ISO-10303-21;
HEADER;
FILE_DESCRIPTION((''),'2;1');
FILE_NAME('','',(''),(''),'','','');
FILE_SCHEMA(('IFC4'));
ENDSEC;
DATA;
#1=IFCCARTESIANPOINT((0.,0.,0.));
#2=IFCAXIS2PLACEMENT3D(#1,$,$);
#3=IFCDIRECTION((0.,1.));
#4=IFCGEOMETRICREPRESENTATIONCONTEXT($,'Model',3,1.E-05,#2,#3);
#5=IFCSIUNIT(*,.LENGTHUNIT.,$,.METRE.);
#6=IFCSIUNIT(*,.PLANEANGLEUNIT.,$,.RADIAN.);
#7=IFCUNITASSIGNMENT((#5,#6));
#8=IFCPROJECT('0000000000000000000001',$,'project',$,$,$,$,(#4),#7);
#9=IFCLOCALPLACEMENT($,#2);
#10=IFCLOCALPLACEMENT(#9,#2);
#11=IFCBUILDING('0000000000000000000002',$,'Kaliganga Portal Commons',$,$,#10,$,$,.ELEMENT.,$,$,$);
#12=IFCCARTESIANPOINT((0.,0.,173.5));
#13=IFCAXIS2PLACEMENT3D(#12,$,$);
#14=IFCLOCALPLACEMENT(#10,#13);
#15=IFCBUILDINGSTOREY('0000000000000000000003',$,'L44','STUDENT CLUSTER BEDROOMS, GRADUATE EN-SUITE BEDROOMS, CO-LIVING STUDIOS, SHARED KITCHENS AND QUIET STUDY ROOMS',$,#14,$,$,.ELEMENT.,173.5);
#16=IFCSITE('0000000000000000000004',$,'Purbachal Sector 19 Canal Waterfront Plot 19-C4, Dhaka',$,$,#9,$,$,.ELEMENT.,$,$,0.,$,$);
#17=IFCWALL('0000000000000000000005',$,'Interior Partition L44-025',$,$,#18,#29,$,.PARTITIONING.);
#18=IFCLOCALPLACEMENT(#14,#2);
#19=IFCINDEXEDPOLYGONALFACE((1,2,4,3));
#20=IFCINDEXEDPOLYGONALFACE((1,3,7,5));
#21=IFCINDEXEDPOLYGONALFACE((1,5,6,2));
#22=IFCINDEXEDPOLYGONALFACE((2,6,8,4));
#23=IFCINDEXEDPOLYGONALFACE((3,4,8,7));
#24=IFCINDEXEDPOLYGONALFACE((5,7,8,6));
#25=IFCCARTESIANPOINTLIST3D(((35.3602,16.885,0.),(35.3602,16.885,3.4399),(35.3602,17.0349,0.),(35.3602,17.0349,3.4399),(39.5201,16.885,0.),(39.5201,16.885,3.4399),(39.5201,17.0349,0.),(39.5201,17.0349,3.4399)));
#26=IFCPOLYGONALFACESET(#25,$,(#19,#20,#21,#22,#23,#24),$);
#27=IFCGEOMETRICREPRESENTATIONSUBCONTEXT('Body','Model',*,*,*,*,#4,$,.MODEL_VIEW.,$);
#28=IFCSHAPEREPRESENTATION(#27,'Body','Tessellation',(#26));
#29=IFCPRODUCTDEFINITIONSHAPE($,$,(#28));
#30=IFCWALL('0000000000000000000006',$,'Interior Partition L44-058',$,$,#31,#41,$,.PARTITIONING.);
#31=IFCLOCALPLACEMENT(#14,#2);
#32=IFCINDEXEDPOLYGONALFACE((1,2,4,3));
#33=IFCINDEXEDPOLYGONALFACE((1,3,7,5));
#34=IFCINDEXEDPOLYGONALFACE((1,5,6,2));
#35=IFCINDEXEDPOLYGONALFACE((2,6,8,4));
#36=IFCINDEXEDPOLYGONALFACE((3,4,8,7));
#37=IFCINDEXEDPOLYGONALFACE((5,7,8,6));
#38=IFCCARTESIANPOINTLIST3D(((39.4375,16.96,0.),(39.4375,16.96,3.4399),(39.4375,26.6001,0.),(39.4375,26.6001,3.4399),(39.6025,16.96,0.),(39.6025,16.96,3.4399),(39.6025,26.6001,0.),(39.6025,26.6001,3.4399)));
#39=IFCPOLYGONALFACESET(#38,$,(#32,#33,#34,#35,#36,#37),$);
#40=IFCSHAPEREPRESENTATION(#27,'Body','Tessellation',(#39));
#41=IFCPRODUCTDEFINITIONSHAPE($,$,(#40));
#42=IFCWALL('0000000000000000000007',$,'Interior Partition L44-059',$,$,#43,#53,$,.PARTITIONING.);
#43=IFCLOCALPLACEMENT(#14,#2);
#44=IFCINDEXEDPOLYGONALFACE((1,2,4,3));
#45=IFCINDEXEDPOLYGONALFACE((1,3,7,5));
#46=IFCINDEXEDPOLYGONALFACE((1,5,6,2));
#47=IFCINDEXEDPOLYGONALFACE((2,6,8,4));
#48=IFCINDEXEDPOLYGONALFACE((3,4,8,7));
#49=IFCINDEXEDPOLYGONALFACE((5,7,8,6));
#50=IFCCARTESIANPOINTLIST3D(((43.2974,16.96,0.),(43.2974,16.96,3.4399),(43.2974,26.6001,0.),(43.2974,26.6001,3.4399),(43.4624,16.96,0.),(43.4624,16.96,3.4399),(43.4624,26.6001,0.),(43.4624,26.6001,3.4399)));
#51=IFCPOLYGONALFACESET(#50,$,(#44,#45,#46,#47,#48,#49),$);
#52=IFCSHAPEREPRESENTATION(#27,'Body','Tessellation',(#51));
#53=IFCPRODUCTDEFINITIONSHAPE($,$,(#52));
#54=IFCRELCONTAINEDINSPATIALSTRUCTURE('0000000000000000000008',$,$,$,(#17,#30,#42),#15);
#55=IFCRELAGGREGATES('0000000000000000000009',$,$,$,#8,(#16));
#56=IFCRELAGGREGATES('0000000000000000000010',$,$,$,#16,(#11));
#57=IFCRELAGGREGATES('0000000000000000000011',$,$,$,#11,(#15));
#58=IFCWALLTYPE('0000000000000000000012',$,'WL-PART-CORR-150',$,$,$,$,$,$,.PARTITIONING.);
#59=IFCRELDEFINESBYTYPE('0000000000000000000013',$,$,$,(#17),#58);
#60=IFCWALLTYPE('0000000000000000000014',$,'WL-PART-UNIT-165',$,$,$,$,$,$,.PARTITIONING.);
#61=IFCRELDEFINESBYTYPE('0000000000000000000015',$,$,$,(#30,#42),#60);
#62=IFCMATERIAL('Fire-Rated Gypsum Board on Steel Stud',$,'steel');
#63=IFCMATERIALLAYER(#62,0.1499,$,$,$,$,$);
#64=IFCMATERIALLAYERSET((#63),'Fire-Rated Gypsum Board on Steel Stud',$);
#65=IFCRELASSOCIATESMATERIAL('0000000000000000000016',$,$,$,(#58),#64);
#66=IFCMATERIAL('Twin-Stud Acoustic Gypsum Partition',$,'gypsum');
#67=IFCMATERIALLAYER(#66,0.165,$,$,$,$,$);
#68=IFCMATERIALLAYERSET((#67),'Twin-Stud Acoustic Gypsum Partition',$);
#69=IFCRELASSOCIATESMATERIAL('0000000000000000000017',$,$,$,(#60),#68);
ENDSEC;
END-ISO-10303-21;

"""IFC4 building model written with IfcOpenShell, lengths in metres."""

from ifc_helpers import new_model, si_unit, direction, frame, frame_2d, origin, place, context, subcontext, project, spatial, rectangle, extrude, material, layer, layer_set, type_object, element, save


model = new_model("IFC4")

# Units and contexts
model_context = context("Model", 3, precision=1e-05, world=origin(), true_north=direction((0.0, 1.0)))
body_context = subcontext(model_context, "Body", "Model", "MODEL_VIEW")
ifc_project = project(units=[si_unit("LENGTHUNIT", "METRE"), si_unit("PLANEANGLEUNIT", "RADIAN")], contexts=[model_context])

# Site, building, storey
site_placement = place(None, origin())
site = spatial("IfcSite", under=ifc_project, at=site_placement, Name="Purbachal Sector 19 Canal Waterfront Plot 19-C4, Dhaka", CompositionType="ELEMENT", RefElevation=0.0)
building_placement = place(site_placement, origin())
building = spatial("IfcBuilding", under=site, at=building_placement, Name="Kaliganga Portal Commons", CompositionType="ELEMENT")
storey_placement = place(building_placement, frame((0.0, 0.0, 173.5)))
storey = spatial("IfcBuildingStorey", under=building, at=storey_placement, Name="L44", Description="STUDENT CLUSTER BEDROOMS, GRADUATE EN-SUITE BEDROOMS, CO-LIVING STUDIOS, SHARED KITCHENS AND QUIET STUDY ROOMS", CompositionType="ELEMENT", Elevation=173.5)

# Shared definitions
ifc_material_1 = material(Name="Fire-Rated Gypsum Board on Steel Stud", Category="steel")
ifc_layer_1 = layer(ifc_material_1, 0.1499)
ifc_layer_set_1 = layer_set([ifc_layer_1], Name="Fire-Rated Gypsum Board on Steel Stud")
wall_type_1 = type_object("IfcWallType", Name="WL-PART-CORR-150", PredefinedType="PARTITIONING", material=ifc_layer_set_1)

# Wall
wall_1_placement = place(storey_placement, frame((35.3601, 16.96, 0.0), z_axis=(0.0, 0.0, 1.0), x_axis=(1.0, 0.0, 0.0)))
element("IfcWall", 1, at=wall_1_placement, inside=storey, type_object=wall_type_1, Name="Interior Partition L44-025", PredefinedType="PARTITIONING", context=body_context, shape_type="SweptSolid", body=[
    extrude(rectangle(XDim=4.1599, YDim=0.1499, at=frame_2d((2.0801, 0.0))), origin(), (0.0, 0.0, 1.0), 3.4399),
])

# Walls
ifc_material_2 = material(Name="Twin-Stud Acoustic Gypsum Partition", Category="gypsum")
ifc_layer_2 = layer(ifc_material_2, 0.165)
ifc_layer_set_2 = layer_set([ifc_layer_2], Name="Twin-Stud Acoustic Gypsum Partition")
wall_type_2 = type_object("IfcWallType", Name="WL-PART-UNIT-165", PredefinedType="PARTITIONING", material=ifc_layer_set_2)
for number, where, z_axis, x_axis, name in (
    (2, (39.52, 16.96, 0.0), (0.0, 0.0, 1.0), (0.0, 1.0, 0.0), "Interior Partition L44-058"),
    (3, (43.3799, 16.96, 0.0), (0.0, 0.0, 1.0), (0.0, 1.0, 0.0), "Interior Partition L44-059"),
):
    element("IfcWall", number, at=place(storey_placement, frame(where, z_axis=z_axis, x_axis=x_axis)), inside=storey, type_object=wall_type_2, Name=name, PredefinedType="PARTITIONING", context=body_context, shape_type="SweptSolid", body=[
        extrude(rectangle(XDim=9.6401, YDim=0.165, at=frame_2d((4.8201, 0.0))), origin(), (0.0, 0.0, 1.0), 3.4399),
    ])

save(model, "model.ifc")
